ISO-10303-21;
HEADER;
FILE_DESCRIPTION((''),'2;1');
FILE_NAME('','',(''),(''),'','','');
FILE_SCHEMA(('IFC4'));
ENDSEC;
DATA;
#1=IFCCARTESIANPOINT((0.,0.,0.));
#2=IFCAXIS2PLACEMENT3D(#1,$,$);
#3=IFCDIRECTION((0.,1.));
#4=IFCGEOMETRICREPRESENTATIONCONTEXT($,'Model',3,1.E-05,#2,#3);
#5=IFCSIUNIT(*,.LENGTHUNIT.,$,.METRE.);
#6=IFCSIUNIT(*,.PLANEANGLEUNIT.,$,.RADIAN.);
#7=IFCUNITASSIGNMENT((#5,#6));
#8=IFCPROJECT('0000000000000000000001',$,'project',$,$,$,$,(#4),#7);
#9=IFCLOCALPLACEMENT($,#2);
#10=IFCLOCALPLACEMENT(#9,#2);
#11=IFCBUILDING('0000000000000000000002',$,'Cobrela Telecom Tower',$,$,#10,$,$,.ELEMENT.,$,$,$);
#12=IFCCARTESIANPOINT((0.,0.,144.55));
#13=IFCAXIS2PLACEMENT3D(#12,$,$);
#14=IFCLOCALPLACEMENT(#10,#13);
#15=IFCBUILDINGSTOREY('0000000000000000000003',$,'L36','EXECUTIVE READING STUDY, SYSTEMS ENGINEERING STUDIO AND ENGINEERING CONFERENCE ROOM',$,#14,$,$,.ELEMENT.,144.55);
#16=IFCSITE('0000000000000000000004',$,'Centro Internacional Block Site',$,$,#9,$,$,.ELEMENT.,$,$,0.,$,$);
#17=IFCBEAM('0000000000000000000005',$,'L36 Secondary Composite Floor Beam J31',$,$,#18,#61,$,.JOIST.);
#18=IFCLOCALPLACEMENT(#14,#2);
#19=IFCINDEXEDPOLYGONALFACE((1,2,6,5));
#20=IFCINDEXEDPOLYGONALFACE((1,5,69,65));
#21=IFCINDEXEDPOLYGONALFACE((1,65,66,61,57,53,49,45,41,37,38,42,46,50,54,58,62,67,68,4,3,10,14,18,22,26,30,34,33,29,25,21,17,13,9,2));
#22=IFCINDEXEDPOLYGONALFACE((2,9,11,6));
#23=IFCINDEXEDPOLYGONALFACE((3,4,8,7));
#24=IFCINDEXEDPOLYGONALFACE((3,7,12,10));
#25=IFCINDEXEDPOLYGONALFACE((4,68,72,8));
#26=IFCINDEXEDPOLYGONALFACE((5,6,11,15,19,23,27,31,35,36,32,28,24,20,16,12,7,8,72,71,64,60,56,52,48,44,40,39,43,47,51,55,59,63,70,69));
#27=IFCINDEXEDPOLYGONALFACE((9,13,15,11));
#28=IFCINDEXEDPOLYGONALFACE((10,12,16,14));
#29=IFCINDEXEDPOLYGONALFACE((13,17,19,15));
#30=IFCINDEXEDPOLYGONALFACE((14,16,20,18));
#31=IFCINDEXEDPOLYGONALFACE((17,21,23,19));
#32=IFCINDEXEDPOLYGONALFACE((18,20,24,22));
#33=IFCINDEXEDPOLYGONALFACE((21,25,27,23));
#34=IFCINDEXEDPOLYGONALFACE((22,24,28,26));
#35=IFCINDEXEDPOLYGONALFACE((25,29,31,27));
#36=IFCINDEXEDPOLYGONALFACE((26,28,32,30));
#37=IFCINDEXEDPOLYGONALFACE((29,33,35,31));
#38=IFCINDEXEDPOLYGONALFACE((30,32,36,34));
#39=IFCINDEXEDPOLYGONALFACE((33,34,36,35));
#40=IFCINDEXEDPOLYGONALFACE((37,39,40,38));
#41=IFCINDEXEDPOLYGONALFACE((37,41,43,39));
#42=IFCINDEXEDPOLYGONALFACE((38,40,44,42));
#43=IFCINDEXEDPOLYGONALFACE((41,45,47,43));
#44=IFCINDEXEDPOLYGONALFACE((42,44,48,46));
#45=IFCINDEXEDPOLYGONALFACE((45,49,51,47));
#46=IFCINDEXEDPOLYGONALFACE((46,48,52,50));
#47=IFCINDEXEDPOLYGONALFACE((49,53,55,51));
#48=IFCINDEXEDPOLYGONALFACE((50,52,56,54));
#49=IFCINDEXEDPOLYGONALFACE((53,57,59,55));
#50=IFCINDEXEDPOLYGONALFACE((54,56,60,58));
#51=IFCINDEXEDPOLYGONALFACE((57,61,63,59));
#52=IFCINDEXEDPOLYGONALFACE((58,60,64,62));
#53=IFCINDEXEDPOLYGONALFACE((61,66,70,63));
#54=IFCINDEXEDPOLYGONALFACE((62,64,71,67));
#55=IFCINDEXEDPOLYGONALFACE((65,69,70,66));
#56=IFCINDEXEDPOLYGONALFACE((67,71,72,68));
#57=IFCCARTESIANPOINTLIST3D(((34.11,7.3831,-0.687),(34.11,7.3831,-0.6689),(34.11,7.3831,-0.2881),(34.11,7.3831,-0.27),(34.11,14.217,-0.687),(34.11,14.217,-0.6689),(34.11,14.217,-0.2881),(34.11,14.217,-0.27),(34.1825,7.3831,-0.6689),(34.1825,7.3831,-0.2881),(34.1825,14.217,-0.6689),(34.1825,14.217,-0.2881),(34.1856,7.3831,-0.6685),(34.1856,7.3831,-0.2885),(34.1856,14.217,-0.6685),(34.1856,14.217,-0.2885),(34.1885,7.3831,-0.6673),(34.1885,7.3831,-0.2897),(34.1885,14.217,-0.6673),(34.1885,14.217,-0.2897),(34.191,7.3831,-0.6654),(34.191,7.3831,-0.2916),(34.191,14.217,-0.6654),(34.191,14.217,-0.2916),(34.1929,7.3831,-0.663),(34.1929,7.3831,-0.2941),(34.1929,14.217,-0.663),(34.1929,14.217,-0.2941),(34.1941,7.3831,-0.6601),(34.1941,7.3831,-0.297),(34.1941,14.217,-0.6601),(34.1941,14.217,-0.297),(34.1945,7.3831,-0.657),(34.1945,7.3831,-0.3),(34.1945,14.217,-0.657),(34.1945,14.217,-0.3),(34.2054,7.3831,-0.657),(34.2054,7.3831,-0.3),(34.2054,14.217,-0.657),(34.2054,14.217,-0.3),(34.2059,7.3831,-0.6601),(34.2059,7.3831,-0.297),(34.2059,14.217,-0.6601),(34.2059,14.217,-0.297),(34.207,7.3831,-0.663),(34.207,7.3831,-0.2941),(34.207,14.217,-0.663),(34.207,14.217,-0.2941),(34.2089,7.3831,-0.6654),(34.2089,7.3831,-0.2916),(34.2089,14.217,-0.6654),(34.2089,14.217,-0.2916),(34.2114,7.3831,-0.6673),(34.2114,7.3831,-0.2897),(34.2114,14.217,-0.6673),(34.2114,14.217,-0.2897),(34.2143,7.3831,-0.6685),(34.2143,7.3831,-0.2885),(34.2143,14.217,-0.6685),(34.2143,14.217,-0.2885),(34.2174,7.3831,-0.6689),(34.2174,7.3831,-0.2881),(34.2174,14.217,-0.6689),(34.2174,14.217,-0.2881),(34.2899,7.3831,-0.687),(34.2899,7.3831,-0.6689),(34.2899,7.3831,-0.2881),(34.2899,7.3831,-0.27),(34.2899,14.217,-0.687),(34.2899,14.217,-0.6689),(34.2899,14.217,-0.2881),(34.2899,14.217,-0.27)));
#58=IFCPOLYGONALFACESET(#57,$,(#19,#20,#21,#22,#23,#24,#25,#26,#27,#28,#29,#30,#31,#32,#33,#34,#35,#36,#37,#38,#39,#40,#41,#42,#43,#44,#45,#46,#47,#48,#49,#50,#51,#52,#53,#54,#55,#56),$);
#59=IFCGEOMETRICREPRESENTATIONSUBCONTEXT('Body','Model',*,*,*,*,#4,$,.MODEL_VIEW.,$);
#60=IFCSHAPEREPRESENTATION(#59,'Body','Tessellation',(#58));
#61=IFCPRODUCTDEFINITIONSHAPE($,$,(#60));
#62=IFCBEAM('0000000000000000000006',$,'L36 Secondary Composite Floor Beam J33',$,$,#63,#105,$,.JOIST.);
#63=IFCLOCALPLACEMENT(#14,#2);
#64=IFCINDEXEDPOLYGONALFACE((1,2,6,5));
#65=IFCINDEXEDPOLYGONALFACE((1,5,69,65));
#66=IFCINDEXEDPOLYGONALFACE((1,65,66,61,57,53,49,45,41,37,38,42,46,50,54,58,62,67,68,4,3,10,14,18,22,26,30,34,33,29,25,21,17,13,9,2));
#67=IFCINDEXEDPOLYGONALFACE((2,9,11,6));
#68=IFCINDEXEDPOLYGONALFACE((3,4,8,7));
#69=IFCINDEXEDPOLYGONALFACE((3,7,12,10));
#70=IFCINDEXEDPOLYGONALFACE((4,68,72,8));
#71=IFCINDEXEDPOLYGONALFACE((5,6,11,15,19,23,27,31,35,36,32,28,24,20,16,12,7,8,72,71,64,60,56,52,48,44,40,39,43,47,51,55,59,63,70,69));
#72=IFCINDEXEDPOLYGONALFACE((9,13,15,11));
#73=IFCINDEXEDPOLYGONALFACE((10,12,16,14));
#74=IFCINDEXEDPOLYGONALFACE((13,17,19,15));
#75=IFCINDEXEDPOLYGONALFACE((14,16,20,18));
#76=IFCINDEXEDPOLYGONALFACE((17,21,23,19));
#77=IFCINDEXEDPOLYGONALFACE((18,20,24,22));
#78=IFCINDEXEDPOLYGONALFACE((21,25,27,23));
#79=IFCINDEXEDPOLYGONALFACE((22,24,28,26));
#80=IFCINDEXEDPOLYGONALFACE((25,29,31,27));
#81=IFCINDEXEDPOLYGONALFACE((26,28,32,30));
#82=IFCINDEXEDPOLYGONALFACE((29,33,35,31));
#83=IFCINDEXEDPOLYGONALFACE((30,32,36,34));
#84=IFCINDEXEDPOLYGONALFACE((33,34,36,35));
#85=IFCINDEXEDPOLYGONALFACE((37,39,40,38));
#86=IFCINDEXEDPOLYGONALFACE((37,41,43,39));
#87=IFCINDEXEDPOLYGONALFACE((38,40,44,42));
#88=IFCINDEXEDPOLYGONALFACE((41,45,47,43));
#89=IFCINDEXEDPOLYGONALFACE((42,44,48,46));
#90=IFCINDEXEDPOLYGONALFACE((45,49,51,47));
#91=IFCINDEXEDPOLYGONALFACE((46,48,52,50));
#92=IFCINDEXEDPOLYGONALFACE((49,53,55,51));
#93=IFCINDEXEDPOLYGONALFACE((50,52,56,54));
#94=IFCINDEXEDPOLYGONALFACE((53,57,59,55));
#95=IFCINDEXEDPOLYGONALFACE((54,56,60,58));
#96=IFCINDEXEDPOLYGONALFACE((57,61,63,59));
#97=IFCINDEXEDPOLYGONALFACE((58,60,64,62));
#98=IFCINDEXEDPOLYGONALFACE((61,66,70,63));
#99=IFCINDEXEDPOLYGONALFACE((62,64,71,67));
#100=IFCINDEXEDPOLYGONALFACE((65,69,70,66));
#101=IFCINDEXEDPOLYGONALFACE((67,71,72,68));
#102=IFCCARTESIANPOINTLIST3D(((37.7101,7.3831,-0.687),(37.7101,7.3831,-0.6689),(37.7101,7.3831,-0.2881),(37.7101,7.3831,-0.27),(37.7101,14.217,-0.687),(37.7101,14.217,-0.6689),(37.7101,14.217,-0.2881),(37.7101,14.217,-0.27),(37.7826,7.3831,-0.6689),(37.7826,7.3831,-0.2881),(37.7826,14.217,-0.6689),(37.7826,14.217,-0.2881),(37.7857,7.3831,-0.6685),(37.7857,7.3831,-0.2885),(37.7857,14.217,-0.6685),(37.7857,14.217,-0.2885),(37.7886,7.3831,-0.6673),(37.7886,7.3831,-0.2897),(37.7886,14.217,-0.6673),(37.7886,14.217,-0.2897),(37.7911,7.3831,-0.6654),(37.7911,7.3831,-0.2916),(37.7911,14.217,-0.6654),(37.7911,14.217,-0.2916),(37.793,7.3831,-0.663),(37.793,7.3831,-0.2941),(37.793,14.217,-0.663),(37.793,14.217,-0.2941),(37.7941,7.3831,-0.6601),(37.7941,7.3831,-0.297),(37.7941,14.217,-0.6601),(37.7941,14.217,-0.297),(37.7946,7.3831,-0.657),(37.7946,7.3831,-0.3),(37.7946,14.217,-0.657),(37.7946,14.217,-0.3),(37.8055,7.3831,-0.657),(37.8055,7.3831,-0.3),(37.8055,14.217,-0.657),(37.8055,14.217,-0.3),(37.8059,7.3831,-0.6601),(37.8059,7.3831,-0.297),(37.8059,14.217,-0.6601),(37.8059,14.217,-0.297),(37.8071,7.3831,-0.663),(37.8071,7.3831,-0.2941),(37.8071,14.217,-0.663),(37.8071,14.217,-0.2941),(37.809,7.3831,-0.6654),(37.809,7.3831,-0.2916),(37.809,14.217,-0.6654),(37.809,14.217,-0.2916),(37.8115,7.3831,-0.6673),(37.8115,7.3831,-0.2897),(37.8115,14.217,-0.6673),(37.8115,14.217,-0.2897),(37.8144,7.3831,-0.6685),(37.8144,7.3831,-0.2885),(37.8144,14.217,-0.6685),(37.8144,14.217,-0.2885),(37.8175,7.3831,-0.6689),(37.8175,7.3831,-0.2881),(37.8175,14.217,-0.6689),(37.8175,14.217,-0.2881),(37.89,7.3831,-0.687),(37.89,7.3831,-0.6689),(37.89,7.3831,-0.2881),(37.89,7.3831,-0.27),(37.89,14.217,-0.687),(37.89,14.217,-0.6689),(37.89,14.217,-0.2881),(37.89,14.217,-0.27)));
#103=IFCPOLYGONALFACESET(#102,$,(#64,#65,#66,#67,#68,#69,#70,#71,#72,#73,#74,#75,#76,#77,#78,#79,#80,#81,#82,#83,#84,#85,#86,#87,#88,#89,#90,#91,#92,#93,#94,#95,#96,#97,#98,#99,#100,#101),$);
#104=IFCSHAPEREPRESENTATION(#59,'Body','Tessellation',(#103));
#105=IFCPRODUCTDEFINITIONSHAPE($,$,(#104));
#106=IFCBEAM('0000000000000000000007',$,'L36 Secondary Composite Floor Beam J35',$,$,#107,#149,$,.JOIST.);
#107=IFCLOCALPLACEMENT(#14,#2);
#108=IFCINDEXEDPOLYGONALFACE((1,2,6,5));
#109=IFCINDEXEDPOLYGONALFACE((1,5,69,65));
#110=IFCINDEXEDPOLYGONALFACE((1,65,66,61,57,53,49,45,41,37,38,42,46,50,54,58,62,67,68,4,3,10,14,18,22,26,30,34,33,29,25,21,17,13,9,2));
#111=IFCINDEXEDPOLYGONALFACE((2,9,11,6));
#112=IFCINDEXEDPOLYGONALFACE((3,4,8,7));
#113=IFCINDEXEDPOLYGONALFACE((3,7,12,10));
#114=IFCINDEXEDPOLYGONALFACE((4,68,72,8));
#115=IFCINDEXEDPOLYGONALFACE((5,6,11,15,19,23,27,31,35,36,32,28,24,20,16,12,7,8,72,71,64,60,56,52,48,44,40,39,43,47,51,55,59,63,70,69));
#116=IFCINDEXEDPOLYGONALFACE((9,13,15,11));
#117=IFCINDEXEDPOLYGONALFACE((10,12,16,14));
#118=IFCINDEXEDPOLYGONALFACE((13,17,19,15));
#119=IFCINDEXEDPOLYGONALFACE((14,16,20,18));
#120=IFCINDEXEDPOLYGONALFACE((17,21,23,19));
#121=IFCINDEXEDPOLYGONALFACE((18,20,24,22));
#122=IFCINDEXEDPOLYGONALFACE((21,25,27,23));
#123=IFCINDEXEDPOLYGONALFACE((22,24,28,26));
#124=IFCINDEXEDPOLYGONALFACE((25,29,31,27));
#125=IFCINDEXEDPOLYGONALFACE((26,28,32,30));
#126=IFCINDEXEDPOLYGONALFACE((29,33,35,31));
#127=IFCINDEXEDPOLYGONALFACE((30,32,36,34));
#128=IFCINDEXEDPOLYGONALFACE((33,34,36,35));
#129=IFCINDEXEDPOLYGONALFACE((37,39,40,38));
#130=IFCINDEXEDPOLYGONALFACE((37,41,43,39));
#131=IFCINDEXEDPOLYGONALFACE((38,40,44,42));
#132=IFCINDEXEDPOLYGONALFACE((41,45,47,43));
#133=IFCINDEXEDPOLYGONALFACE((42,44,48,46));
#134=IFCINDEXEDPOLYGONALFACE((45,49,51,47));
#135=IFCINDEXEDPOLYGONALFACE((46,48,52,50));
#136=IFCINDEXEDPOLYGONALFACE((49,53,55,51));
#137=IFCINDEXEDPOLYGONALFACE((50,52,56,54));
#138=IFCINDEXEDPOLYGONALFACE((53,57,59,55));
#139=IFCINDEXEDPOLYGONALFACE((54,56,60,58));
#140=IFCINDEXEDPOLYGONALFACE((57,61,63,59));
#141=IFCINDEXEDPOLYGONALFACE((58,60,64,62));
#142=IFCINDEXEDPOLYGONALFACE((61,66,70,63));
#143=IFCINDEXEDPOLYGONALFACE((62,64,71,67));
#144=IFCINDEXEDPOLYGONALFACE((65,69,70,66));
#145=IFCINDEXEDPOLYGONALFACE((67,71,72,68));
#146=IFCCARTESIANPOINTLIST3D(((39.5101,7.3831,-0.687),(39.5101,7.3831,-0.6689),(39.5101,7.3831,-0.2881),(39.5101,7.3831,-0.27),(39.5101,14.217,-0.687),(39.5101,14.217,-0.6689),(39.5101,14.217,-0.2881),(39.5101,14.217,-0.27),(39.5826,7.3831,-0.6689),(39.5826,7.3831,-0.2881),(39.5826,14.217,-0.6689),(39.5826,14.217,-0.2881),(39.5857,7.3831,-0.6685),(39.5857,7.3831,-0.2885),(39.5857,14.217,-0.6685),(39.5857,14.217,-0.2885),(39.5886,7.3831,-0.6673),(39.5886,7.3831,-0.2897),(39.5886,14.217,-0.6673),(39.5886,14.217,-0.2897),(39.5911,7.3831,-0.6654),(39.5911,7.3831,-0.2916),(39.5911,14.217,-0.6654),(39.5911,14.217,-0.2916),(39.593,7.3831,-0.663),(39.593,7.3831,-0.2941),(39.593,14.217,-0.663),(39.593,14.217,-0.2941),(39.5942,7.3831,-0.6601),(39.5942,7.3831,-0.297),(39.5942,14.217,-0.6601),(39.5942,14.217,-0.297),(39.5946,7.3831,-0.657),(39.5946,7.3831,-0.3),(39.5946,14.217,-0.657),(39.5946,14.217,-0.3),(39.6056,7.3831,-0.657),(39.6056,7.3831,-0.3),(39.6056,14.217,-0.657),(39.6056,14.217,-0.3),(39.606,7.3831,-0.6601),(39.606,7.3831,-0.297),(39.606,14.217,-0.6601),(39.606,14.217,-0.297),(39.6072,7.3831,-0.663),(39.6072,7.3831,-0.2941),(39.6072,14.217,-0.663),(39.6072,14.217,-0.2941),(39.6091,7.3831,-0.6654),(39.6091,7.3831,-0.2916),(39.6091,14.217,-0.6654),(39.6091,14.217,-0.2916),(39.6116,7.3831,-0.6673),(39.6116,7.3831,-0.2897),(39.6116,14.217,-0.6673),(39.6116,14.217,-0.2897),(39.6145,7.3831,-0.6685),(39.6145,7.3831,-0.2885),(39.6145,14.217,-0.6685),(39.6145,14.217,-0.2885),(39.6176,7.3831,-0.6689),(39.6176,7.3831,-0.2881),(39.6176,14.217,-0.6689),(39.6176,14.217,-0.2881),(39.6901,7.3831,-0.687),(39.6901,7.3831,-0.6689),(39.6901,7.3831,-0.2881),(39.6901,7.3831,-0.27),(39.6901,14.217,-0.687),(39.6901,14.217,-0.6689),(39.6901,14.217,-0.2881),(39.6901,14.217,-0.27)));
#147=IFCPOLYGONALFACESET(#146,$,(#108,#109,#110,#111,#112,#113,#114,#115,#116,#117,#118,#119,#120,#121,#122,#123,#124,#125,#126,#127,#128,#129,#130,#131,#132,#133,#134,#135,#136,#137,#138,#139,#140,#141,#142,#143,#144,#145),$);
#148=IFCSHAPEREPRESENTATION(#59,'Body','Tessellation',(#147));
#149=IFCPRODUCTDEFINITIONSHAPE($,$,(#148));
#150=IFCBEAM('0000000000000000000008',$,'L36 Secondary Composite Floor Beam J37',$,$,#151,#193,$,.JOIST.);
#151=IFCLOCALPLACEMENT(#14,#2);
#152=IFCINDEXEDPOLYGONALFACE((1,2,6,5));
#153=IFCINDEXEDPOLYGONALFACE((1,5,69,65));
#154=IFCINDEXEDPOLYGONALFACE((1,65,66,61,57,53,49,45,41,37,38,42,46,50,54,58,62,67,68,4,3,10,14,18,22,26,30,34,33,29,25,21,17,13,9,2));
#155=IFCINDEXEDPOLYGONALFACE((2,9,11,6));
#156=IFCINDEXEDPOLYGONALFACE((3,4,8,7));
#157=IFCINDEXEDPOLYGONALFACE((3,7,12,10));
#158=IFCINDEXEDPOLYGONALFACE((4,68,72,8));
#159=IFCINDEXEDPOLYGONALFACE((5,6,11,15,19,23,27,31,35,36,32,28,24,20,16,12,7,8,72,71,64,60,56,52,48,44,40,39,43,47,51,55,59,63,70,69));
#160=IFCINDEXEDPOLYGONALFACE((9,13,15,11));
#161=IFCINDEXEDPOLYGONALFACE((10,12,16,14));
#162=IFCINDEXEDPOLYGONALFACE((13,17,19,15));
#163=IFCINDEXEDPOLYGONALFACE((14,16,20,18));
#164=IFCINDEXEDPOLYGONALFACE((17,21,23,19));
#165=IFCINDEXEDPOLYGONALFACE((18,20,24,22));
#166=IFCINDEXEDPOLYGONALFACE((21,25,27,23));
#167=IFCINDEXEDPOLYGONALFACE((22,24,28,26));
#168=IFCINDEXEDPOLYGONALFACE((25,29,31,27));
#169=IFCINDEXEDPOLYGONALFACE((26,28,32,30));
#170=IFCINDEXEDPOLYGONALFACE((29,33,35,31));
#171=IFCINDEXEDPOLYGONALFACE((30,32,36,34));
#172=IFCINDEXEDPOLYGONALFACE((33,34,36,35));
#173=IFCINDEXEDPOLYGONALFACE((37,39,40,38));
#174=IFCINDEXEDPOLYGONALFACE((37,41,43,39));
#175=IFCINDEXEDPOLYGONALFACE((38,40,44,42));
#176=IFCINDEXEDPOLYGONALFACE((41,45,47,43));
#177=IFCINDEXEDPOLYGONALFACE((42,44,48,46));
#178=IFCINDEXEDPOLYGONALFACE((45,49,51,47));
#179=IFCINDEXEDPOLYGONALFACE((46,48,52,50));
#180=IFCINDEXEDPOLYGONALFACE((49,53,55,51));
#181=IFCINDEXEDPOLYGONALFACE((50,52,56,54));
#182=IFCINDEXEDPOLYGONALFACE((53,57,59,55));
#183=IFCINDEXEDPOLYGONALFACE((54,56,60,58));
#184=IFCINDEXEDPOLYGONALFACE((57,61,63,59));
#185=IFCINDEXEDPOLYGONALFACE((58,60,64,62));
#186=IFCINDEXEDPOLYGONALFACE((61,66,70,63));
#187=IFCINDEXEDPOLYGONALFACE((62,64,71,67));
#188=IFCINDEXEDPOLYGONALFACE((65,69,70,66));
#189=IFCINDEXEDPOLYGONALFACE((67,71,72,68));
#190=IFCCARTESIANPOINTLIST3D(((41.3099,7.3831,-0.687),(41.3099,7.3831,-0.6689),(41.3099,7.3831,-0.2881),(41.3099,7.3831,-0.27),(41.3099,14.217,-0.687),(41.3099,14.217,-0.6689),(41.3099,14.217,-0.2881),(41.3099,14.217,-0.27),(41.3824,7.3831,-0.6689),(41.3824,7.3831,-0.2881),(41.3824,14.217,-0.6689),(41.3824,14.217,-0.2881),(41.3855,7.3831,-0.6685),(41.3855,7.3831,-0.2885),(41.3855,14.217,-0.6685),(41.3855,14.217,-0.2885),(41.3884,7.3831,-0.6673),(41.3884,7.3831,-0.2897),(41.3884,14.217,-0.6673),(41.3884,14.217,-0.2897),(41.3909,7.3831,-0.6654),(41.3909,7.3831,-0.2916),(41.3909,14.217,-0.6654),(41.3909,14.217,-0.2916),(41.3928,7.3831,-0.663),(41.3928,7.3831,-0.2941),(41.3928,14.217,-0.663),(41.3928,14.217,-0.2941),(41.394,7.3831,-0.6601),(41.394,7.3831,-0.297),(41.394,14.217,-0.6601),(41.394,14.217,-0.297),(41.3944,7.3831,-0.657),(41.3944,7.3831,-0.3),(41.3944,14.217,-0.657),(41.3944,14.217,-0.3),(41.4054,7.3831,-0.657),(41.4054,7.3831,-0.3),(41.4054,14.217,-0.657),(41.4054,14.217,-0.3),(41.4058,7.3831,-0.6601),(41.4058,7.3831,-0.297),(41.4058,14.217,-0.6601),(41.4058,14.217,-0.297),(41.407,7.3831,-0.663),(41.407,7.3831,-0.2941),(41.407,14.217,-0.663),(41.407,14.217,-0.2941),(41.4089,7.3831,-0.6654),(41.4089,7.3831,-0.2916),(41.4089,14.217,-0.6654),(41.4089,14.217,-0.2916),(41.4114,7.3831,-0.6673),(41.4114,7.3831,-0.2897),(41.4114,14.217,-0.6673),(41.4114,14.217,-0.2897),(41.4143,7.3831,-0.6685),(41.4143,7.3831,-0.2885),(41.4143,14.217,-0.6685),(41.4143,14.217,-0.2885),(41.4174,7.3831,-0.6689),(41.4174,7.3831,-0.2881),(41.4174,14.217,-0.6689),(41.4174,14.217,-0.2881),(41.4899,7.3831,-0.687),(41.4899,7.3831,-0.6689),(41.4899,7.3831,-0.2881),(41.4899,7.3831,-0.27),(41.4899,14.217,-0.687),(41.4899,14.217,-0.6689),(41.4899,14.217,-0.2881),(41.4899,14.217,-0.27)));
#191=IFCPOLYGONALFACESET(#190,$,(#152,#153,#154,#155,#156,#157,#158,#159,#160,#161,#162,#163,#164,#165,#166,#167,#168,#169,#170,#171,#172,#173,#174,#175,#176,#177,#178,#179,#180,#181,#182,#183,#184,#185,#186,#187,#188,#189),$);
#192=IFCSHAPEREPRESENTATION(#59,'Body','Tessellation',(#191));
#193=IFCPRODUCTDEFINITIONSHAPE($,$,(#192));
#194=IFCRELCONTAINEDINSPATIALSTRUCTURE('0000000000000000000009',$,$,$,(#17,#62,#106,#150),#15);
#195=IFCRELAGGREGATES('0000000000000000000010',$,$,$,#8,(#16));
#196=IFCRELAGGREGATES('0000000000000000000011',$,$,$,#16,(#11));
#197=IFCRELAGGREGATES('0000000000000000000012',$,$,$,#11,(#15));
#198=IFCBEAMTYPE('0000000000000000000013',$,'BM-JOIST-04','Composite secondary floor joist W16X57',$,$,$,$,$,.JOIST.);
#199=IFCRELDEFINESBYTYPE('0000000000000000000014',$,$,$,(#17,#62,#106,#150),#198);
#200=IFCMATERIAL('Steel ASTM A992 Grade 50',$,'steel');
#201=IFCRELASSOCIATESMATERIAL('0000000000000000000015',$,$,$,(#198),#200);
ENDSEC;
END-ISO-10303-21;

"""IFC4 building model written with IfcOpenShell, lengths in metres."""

from ifc_helpers import new_model, si_unit, direction, frame, origin, origin_2d, place, context, subcontext, project, spatial, i_section, extrude, material, material_profile, profile_set, type_object, element, save


model = new_model("IFC4")

# Units and contexts
model_context = context("Model", 3, precision=1e-05, world=origin(), true_north=direction((0.0, 1.0)))
body_context = subcontext(model_context, "Body", "Model", "MODEL_VIEW")
ifc_project = project(units=[si_unit("LENGTHUNIT", "METRE"), si_unit("PLANEANGLEUNIT", "RADIAN")], contexts=[model_context])

# Site, building, storey
site_placement = place(None, origin())
site = spatial("IfcSite", under=ifc_project, at=site_placement, Name="Centro Internacional Block Site", CompositionType="ELEMENT", RefElevation=0.0)
building_placement = place(site_placement, origin())
building = spatial("IfcBuilding", under=site, at=building_placement, Name="Cobrela Telecom Tower", CompositionType="ELEMENT")
storey_placement = place(building_placement, frame((0.0, 0.0, 144.55)))
storey = spatial("IfcBuildingStorey", under=building, at=storey_placement, Name="L36", Description="EXECUTIVE READING STUDY, SYSTEMS ENGINEERING STUDIO AND ENGINEERING CONFERENCE ROOM", CompositionType="ELEMENT", Elevation=144.55)

# Shared definitions
ifc_material_1 = material(Name="Steel ASTM A992 Grade 50", Category="steel")

# Beams
ifc_material_profile_1 = material_profile(ifc_material_1, i_section(OverallWidth=0.1799, OverallDepth=0.417, WebThickness=0.011, FlangeThickness=0.0181, FilletRadius=0.012, at=origin_2d()), Name="W16X57")
ifc_profile_set_1 = profile_set([ifc_material_profile_1], Name="Steel ASTM A992 Grade 50")
beam_type_1 = type_object("IfcBeamType", Name="BM-JOIST-04", Description="Composite secondary floor joist W16X57", PredefinedType="JOIST", material=ifc_profile_set_1)
for number, where, z_axis, x_axis, name in (
    (1, (34.2, 7.3831, -0.4785), (0.0, 1.0, 0.0), (-1.0, 0.0, 0.0), "L36 Secondary Composite Floor Beam J31"),
    (2, (37.8, 7.3831, -0.4785), (0.0, 1.0, 0.0), (-1.0, 0.0, 0.0), "L36 Secondary Composite Floor Beam J33"),
    (3, (39.6001, 7.3831, -0.4785), (0.0, 1.0, 0.0), (-1.0, 0.0, 0.0), "L36 Secondary Composite Floor Beam J35"),
    (4, (41.3999, 7.3831, -0.4785), (0.0, 1.0, 0.0), (-1.0, 0.0, 0.0), "L36 Secondary Composite Floor Beam J37"),
):
    element("IfcBeam", number, at=place(storey_placement, frame(where, z_axis=z_axis, x_axis=x_axis)), inside=storey, type_object=beam_type_1, Name=name, PredefinedType="JOIST", context=body_context, shape_type="SweptSolid", body=[
        extrude(i_section(OverallWidth=0.1799, OverallDepth=0.417, WebThickness=0.011, FlangeThickness=0.0181, FilletRadius=0.012, at=origin_2d()), origin(), (0.0, 0.0, 1.0), 6.834),
    ])

save(model, "model.ifc")
